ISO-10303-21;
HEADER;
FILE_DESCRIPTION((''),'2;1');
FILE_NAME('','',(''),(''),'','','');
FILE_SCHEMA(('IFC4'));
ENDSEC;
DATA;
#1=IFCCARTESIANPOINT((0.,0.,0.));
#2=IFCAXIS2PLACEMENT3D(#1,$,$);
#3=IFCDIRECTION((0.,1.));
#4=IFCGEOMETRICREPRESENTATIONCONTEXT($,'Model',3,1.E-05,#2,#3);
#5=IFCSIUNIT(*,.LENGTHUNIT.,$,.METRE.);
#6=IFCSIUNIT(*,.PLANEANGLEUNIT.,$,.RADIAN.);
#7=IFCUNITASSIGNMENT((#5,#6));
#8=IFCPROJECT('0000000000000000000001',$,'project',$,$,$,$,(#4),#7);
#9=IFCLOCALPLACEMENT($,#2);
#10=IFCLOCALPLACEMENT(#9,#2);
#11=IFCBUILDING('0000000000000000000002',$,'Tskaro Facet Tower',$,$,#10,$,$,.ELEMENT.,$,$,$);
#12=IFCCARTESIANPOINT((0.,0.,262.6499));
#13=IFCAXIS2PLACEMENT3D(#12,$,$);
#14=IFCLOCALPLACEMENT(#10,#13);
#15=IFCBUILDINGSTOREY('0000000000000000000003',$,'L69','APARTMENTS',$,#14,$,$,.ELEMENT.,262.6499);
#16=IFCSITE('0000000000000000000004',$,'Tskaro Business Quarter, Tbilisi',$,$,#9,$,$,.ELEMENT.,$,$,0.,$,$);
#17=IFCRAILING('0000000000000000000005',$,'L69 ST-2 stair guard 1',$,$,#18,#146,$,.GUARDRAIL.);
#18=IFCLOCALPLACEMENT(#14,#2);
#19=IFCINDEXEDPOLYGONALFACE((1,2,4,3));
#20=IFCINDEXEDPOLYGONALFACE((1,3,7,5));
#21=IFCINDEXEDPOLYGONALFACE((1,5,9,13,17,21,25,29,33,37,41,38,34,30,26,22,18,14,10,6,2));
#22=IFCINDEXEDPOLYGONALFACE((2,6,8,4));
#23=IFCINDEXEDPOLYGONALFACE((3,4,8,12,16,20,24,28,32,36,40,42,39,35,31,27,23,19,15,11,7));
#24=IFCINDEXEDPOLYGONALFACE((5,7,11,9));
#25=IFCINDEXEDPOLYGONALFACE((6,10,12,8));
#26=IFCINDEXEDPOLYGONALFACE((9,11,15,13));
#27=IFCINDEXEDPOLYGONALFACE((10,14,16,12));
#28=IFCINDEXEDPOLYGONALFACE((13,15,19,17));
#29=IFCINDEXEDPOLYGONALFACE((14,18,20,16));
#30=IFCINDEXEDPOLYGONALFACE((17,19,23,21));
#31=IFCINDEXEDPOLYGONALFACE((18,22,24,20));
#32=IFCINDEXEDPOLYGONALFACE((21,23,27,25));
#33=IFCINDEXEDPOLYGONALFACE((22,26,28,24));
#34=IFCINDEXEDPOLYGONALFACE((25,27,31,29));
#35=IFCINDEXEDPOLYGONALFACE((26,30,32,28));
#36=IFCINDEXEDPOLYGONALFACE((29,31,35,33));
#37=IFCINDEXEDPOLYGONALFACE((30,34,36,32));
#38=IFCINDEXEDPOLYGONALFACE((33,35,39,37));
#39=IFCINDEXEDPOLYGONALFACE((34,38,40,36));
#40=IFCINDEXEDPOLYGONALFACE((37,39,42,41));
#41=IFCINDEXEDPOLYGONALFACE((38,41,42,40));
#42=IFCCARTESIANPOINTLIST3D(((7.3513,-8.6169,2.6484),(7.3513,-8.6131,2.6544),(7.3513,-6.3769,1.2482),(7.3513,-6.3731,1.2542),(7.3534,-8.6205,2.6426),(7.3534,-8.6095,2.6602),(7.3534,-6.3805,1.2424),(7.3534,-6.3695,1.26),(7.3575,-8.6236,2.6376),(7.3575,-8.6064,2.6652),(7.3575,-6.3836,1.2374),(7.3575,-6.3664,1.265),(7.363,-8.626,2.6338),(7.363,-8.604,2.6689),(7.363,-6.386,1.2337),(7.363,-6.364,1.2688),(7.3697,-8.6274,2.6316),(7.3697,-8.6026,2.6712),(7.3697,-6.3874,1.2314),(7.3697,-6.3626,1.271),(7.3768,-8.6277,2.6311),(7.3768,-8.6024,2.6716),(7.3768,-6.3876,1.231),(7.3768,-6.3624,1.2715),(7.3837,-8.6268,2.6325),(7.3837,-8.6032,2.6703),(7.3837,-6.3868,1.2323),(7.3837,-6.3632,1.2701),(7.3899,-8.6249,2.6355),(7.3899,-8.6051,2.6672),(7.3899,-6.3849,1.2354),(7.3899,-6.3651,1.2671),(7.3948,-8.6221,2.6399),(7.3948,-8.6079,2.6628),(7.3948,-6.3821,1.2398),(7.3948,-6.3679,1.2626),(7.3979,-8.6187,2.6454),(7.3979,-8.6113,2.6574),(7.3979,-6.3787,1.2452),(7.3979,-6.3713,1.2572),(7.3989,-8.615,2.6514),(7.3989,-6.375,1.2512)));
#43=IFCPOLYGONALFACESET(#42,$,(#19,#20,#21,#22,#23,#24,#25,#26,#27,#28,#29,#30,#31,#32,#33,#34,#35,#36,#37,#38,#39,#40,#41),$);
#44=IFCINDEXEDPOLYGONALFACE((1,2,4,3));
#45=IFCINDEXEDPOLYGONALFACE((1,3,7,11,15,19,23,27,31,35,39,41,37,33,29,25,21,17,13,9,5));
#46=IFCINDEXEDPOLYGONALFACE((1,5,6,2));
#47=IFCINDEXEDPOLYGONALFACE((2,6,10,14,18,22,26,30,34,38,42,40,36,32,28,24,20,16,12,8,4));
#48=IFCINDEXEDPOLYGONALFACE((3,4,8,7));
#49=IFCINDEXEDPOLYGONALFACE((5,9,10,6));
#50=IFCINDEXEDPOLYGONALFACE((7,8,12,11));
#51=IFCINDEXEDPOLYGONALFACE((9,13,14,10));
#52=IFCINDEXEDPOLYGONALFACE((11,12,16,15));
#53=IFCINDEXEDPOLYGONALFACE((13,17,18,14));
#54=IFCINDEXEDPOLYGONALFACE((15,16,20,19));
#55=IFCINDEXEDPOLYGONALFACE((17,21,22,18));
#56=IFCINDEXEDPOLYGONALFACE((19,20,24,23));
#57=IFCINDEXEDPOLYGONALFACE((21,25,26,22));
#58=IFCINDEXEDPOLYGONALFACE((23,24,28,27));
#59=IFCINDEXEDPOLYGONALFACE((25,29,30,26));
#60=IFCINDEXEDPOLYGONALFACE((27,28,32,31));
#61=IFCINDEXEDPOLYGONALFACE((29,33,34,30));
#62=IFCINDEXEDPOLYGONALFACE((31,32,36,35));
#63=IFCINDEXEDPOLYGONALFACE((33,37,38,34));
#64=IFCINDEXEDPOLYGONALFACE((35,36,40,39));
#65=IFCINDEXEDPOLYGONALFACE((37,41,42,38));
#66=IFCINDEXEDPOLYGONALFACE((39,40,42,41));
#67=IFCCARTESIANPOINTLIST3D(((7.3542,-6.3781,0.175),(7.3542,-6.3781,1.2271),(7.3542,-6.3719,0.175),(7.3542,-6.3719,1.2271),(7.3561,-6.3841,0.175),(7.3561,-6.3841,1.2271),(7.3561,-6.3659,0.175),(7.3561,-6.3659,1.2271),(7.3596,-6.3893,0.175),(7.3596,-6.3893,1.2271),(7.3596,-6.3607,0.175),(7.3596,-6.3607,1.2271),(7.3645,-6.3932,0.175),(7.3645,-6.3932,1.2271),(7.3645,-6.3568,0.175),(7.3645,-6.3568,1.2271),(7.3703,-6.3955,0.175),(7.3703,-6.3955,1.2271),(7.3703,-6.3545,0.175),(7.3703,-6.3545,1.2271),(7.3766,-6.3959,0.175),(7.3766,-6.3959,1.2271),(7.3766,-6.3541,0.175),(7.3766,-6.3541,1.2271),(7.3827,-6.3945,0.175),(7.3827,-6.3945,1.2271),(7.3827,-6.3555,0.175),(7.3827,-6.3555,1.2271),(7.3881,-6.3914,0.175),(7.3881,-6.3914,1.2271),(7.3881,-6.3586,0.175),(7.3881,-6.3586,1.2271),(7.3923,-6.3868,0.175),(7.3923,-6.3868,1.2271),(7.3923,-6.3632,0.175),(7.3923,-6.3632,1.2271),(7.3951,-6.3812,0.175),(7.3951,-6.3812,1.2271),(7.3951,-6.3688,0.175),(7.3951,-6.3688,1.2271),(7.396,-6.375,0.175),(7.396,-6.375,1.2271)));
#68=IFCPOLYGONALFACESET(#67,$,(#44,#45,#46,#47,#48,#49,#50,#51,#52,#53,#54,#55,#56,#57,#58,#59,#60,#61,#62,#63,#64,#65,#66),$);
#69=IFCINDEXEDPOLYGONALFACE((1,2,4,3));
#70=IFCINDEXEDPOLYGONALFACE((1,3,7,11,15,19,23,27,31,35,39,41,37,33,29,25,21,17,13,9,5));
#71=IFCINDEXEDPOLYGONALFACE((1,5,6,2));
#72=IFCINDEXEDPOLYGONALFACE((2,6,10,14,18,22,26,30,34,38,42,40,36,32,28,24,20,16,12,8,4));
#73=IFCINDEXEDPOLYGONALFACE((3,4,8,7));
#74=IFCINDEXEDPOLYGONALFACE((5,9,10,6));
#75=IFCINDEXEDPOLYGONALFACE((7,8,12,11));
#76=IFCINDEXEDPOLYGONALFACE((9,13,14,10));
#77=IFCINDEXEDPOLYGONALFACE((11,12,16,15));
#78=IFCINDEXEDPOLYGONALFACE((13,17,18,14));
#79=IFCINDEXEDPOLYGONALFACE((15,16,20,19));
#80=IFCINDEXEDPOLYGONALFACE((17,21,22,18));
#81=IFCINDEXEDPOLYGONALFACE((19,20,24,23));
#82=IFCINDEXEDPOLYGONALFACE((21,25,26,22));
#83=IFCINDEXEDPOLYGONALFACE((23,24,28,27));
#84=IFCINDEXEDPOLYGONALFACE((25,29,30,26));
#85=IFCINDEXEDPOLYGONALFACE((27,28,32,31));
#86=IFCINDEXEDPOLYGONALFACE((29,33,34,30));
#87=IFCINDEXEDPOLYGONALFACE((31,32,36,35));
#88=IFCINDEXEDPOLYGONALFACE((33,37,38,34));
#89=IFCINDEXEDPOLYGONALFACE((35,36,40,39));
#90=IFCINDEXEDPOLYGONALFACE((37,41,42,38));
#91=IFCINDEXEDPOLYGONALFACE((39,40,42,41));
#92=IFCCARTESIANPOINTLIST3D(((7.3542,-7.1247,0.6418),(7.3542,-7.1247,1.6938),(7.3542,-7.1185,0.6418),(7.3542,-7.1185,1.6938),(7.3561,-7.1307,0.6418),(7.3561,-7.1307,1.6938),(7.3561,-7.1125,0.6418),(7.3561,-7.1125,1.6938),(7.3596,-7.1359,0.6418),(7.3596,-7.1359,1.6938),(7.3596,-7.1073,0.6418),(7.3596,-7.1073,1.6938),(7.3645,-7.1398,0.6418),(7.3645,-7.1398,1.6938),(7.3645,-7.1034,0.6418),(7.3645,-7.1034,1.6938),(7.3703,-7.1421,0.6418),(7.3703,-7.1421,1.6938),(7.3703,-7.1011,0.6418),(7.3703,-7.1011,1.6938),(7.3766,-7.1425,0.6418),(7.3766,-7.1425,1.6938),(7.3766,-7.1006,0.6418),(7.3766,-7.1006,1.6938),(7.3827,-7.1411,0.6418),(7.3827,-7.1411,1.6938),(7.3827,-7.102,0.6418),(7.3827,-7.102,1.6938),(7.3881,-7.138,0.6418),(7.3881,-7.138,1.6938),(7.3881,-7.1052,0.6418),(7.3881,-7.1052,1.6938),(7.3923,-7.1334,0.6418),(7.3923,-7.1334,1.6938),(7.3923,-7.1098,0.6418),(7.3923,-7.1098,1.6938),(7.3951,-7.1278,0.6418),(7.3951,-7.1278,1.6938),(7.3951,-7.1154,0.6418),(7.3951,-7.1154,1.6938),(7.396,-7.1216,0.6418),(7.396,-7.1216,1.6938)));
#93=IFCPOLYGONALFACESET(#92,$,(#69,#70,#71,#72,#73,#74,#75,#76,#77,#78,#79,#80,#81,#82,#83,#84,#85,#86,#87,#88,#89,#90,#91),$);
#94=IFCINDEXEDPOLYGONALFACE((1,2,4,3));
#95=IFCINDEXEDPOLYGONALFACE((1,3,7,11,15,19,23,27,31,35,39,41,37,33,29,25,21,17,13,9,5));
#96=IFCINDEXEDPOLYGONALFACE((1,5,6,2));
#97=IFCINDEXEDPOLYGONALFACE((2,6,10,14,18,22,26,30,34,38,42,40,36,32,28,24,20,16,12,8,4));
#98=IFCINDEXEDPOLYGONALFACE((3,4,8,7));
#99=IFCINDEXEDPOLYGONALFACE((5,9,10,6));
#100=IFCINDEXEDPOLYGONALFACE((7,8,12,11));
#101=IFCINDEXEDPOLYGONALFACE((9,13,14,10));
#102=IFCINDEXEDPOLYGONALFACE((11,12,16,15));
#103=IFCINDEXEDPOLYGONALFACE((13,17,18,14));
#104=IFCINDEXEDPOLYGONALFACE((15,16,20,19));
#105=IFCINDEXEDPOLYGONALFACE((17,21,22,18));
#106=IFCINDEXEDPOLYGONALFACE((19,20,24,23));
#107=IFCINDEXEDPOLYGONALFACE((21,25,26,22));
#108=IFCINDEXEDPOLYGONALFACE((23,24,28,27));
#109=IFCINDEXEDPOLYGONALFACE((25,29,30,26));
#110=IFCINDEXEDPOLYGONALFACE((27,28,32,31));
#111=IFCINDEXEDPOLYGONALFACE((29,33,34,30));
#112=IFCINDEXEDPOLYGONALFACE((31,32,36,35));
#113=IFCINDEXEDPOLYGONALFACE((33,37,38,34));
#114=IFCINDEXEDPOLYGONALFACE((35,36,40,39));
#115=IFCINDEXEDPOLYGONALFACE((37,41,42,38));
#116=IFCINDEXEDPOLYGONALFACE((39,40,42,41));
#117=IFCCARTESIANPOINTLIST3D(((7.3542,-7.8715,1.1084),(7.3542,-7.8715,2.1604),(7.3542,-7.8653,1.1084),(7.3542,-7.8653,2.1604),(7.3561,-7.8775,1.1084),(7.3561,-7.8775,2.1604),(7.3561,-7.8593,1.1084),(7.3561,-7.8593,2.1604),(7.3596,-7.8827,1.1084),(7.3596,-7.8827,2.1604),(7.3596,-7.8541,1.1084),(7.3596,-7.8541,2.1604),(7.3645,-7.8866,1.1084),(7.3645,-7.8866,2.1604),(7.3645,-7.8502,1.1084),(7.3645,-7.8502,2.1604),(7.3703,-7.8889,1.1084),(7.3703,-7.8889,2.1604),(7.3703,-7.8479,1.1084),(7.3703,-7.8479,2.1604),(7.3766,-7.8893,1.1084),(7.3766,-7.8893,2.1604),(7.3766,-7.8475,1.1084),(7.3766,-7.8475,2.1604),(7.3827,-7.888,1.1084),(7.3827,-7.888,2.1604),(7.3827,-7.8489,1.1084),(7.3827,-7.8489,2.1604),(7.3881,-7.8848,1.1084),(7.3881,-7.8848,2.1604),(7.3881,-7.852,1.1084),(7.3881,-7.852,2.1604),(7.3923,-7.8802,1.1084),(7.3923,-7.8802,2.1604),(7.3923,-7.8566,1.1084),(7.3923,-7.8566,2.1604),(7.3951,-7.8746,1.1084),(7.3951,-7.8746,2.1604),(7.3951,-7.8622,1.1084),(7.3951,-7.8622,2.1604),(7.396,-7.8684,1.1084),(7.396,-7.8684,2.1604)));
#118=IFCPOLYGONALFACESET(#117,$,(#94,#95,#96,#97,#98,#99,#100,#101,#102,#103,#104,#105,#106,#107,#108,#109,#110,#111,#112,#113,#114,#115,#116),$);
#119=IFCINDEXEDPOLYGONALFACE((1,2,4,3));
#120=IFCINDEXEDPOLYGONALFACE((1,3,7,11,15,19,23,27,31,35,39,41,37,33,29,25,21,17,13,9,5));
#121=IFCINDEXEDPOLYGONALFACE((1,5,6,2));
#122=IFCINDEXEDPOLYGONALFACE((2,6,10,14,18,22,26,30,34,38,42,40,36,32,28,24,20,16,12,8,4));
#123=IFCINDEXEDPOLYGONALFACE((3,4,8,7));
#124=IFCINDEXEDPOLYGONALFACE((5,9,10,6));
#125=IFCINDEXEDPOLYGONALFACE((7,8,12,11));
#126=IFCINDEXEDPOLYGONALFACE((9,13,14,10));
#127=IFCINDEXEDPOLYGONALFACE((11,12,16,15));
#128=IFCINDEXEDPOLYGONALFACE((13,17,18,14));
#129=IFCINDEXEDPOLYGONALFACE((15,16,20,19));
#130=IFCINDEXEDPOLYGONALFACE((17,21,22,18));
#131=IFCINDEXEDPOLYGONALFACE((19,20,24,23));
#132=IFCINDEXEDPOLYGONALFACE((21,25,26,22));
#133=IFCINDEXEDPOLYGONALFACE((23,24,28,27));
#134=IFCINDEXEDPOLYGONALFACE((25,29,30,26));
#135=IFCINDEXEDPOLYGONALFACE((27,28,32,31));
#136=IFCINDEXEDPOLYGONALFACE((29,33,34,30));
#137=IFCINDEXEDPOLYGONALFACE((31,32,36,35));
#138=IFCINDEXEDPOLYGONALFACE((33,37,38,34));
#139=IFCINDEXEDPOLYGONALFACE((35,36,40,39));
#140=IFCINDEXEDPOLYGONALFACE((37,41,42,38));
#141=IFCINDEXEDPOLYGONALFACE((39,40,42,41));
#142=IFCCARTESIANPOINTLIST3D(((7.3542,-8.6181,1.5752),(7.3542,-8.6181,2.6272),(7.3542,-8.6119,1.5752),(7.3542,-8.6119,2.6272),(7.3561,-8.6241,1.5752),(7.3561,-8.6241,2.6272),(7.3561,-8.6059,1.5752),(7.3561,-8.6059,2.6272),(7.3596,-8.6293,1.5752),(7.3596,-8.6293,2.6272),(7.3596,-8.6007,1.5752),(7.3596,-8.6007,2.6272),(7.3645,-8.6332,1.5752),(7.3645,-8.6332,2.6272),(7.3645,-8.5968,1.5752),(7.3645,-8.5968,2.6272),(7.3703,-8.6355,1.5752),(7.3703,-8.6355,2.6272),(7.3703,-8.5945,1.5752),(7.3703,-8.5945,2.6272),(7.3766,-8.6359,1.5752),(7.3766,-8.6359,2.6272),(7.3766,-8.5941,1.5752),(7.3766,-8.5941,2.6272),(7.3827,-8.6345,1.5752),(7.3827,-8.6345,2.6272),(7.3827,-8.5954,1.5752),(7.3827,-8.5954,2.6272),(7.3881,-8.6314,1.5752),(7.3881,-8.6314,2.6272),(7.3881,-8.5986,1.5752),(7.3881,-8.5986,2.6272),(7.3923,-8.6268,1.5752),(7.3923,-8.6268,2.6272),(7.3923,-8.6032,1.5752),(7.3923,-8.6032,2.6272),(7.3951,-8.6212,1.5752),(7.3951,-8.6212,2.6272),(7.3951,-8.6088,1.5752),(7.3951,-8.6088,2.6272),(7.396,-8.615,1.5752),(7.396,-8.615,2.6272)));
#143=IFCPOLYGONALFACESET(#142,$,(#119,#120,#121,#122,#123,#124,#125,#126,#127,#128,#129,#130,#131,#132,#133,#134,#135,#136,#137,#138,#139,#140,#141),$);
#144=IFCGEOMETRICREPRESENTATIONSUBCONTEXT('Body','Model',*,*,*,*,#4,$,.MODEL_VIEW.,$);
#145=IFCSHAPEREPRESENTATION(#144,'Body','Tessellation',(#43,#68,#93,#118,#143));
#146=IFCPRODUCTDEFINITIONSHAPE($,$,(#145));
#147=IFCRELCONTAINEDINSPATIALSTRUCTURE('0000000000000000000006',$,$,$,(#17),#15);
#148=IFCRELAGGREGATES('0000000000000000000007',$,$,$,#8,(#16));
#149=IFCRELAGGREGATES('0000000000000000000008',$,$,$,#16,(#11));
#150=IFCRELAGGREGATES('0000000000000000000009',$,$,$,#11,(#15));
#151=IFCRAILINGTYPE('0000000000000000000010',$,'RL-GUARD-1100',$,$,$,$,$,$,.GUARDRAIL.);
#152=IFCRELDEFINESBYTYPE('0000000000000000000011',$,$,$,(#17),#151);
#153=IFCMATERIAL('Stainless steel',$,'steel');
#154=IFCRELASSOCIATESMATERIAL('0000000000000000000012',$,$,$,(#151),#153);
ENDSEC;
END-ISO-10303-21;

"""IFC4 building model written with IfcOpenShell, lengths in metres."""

from ifc_helpers import new_model, si_unit, direction, frame, origin, origin_2d, place, context, subcontext, project, spatial, circle, extrude, material, type_object, element, save


model = new_model("IFC4")

# Units and contexts
model_context = context("Model", 3, precision=1e-05, world=origin(), true_north=direction((0.0, 1.0)))
body_context = subcontext(model_context, "Body", "Model", "MODEL_VIEW")
ifc_project = project(units=[si_unit("LENGTHUNIT", "METRE"), si_unit("PLANEANGLEUNIT", "RADIAN")], contexts=[model_context])

# Site, building, storey
site_placement = place(None, origin())
site = spatial("IfcSite", under=ifc_project, at=site_placement, Name="Tskaro Business Quarter, Tbilisi", CompositionType="ELEMENT", RefElevation=0.0)
building_placement = place(site_placement, origin())
building = spatial("IfcBuilding", under=site, at=building_placement, Name="Tskaro Facet Tower", CompositionType="ELEMENT")
storey_placement = place(building_placement, frame((0.0, 0.0, 262.6499)))
storey = spatial("IfcBuildingStorey", under=building, at=storey_placement, Name="L69", Description="APARTMENTS", CompositionType="ELEMENT", Elevation=262.6499)

# Railing
ifc_material_1 = material(Name="Stainless steel", Category="steel")
railing_type_1 = type_object("IfcRailingType", Name="RL-GUARD-1100", PredefinedType="GUARDRAIL", material=ifc_material_1)
railing_1_placement = place(storey_placement, frame((7.375, -6.375, 0.175)))
element("IfcRailing", 1, at=railing_1_placement, inside=storey, type_object=railing_type_1, Name="L69 ST-2 stair guard 1", PredefinedType="GUARDRAIL", context=body_context, shape_type="SweptSolid", body=[
    extrude(circle(Radius=0.0239, at=origin_2d()), frame((0.0, 0.0, 1.0762), z_axis=(0.0, -0.847972, 0.53004), x_axis=(1.0, 0.0, 0.0)), (0.0, 0.0, 1.0), 2.6416),
    extrude(circle(Radius=0.021, at=origin_2d()), origin(), (0.0, 0.0, 1.0), 1.052),
    extrude(circle(Radius=0.021, at=origin_2d()), frame((0.0, -0.7466, 0.4668)), (0.0, 0.0, 1.0), 1.052),
    extrude(circle(Radius=0.021, at=origin_2d()), frame((0.0, -1.4934, 0.9333)), (0.0, 0.0, 1.0), 1.052),
    extrude(circle(Radius=0.021, at=origin_2d()), frame((0.0, -2.24, 1.4001)), (0.0, 0.0, 1.0), 1.052),
])

save(model, "model.ifc")
